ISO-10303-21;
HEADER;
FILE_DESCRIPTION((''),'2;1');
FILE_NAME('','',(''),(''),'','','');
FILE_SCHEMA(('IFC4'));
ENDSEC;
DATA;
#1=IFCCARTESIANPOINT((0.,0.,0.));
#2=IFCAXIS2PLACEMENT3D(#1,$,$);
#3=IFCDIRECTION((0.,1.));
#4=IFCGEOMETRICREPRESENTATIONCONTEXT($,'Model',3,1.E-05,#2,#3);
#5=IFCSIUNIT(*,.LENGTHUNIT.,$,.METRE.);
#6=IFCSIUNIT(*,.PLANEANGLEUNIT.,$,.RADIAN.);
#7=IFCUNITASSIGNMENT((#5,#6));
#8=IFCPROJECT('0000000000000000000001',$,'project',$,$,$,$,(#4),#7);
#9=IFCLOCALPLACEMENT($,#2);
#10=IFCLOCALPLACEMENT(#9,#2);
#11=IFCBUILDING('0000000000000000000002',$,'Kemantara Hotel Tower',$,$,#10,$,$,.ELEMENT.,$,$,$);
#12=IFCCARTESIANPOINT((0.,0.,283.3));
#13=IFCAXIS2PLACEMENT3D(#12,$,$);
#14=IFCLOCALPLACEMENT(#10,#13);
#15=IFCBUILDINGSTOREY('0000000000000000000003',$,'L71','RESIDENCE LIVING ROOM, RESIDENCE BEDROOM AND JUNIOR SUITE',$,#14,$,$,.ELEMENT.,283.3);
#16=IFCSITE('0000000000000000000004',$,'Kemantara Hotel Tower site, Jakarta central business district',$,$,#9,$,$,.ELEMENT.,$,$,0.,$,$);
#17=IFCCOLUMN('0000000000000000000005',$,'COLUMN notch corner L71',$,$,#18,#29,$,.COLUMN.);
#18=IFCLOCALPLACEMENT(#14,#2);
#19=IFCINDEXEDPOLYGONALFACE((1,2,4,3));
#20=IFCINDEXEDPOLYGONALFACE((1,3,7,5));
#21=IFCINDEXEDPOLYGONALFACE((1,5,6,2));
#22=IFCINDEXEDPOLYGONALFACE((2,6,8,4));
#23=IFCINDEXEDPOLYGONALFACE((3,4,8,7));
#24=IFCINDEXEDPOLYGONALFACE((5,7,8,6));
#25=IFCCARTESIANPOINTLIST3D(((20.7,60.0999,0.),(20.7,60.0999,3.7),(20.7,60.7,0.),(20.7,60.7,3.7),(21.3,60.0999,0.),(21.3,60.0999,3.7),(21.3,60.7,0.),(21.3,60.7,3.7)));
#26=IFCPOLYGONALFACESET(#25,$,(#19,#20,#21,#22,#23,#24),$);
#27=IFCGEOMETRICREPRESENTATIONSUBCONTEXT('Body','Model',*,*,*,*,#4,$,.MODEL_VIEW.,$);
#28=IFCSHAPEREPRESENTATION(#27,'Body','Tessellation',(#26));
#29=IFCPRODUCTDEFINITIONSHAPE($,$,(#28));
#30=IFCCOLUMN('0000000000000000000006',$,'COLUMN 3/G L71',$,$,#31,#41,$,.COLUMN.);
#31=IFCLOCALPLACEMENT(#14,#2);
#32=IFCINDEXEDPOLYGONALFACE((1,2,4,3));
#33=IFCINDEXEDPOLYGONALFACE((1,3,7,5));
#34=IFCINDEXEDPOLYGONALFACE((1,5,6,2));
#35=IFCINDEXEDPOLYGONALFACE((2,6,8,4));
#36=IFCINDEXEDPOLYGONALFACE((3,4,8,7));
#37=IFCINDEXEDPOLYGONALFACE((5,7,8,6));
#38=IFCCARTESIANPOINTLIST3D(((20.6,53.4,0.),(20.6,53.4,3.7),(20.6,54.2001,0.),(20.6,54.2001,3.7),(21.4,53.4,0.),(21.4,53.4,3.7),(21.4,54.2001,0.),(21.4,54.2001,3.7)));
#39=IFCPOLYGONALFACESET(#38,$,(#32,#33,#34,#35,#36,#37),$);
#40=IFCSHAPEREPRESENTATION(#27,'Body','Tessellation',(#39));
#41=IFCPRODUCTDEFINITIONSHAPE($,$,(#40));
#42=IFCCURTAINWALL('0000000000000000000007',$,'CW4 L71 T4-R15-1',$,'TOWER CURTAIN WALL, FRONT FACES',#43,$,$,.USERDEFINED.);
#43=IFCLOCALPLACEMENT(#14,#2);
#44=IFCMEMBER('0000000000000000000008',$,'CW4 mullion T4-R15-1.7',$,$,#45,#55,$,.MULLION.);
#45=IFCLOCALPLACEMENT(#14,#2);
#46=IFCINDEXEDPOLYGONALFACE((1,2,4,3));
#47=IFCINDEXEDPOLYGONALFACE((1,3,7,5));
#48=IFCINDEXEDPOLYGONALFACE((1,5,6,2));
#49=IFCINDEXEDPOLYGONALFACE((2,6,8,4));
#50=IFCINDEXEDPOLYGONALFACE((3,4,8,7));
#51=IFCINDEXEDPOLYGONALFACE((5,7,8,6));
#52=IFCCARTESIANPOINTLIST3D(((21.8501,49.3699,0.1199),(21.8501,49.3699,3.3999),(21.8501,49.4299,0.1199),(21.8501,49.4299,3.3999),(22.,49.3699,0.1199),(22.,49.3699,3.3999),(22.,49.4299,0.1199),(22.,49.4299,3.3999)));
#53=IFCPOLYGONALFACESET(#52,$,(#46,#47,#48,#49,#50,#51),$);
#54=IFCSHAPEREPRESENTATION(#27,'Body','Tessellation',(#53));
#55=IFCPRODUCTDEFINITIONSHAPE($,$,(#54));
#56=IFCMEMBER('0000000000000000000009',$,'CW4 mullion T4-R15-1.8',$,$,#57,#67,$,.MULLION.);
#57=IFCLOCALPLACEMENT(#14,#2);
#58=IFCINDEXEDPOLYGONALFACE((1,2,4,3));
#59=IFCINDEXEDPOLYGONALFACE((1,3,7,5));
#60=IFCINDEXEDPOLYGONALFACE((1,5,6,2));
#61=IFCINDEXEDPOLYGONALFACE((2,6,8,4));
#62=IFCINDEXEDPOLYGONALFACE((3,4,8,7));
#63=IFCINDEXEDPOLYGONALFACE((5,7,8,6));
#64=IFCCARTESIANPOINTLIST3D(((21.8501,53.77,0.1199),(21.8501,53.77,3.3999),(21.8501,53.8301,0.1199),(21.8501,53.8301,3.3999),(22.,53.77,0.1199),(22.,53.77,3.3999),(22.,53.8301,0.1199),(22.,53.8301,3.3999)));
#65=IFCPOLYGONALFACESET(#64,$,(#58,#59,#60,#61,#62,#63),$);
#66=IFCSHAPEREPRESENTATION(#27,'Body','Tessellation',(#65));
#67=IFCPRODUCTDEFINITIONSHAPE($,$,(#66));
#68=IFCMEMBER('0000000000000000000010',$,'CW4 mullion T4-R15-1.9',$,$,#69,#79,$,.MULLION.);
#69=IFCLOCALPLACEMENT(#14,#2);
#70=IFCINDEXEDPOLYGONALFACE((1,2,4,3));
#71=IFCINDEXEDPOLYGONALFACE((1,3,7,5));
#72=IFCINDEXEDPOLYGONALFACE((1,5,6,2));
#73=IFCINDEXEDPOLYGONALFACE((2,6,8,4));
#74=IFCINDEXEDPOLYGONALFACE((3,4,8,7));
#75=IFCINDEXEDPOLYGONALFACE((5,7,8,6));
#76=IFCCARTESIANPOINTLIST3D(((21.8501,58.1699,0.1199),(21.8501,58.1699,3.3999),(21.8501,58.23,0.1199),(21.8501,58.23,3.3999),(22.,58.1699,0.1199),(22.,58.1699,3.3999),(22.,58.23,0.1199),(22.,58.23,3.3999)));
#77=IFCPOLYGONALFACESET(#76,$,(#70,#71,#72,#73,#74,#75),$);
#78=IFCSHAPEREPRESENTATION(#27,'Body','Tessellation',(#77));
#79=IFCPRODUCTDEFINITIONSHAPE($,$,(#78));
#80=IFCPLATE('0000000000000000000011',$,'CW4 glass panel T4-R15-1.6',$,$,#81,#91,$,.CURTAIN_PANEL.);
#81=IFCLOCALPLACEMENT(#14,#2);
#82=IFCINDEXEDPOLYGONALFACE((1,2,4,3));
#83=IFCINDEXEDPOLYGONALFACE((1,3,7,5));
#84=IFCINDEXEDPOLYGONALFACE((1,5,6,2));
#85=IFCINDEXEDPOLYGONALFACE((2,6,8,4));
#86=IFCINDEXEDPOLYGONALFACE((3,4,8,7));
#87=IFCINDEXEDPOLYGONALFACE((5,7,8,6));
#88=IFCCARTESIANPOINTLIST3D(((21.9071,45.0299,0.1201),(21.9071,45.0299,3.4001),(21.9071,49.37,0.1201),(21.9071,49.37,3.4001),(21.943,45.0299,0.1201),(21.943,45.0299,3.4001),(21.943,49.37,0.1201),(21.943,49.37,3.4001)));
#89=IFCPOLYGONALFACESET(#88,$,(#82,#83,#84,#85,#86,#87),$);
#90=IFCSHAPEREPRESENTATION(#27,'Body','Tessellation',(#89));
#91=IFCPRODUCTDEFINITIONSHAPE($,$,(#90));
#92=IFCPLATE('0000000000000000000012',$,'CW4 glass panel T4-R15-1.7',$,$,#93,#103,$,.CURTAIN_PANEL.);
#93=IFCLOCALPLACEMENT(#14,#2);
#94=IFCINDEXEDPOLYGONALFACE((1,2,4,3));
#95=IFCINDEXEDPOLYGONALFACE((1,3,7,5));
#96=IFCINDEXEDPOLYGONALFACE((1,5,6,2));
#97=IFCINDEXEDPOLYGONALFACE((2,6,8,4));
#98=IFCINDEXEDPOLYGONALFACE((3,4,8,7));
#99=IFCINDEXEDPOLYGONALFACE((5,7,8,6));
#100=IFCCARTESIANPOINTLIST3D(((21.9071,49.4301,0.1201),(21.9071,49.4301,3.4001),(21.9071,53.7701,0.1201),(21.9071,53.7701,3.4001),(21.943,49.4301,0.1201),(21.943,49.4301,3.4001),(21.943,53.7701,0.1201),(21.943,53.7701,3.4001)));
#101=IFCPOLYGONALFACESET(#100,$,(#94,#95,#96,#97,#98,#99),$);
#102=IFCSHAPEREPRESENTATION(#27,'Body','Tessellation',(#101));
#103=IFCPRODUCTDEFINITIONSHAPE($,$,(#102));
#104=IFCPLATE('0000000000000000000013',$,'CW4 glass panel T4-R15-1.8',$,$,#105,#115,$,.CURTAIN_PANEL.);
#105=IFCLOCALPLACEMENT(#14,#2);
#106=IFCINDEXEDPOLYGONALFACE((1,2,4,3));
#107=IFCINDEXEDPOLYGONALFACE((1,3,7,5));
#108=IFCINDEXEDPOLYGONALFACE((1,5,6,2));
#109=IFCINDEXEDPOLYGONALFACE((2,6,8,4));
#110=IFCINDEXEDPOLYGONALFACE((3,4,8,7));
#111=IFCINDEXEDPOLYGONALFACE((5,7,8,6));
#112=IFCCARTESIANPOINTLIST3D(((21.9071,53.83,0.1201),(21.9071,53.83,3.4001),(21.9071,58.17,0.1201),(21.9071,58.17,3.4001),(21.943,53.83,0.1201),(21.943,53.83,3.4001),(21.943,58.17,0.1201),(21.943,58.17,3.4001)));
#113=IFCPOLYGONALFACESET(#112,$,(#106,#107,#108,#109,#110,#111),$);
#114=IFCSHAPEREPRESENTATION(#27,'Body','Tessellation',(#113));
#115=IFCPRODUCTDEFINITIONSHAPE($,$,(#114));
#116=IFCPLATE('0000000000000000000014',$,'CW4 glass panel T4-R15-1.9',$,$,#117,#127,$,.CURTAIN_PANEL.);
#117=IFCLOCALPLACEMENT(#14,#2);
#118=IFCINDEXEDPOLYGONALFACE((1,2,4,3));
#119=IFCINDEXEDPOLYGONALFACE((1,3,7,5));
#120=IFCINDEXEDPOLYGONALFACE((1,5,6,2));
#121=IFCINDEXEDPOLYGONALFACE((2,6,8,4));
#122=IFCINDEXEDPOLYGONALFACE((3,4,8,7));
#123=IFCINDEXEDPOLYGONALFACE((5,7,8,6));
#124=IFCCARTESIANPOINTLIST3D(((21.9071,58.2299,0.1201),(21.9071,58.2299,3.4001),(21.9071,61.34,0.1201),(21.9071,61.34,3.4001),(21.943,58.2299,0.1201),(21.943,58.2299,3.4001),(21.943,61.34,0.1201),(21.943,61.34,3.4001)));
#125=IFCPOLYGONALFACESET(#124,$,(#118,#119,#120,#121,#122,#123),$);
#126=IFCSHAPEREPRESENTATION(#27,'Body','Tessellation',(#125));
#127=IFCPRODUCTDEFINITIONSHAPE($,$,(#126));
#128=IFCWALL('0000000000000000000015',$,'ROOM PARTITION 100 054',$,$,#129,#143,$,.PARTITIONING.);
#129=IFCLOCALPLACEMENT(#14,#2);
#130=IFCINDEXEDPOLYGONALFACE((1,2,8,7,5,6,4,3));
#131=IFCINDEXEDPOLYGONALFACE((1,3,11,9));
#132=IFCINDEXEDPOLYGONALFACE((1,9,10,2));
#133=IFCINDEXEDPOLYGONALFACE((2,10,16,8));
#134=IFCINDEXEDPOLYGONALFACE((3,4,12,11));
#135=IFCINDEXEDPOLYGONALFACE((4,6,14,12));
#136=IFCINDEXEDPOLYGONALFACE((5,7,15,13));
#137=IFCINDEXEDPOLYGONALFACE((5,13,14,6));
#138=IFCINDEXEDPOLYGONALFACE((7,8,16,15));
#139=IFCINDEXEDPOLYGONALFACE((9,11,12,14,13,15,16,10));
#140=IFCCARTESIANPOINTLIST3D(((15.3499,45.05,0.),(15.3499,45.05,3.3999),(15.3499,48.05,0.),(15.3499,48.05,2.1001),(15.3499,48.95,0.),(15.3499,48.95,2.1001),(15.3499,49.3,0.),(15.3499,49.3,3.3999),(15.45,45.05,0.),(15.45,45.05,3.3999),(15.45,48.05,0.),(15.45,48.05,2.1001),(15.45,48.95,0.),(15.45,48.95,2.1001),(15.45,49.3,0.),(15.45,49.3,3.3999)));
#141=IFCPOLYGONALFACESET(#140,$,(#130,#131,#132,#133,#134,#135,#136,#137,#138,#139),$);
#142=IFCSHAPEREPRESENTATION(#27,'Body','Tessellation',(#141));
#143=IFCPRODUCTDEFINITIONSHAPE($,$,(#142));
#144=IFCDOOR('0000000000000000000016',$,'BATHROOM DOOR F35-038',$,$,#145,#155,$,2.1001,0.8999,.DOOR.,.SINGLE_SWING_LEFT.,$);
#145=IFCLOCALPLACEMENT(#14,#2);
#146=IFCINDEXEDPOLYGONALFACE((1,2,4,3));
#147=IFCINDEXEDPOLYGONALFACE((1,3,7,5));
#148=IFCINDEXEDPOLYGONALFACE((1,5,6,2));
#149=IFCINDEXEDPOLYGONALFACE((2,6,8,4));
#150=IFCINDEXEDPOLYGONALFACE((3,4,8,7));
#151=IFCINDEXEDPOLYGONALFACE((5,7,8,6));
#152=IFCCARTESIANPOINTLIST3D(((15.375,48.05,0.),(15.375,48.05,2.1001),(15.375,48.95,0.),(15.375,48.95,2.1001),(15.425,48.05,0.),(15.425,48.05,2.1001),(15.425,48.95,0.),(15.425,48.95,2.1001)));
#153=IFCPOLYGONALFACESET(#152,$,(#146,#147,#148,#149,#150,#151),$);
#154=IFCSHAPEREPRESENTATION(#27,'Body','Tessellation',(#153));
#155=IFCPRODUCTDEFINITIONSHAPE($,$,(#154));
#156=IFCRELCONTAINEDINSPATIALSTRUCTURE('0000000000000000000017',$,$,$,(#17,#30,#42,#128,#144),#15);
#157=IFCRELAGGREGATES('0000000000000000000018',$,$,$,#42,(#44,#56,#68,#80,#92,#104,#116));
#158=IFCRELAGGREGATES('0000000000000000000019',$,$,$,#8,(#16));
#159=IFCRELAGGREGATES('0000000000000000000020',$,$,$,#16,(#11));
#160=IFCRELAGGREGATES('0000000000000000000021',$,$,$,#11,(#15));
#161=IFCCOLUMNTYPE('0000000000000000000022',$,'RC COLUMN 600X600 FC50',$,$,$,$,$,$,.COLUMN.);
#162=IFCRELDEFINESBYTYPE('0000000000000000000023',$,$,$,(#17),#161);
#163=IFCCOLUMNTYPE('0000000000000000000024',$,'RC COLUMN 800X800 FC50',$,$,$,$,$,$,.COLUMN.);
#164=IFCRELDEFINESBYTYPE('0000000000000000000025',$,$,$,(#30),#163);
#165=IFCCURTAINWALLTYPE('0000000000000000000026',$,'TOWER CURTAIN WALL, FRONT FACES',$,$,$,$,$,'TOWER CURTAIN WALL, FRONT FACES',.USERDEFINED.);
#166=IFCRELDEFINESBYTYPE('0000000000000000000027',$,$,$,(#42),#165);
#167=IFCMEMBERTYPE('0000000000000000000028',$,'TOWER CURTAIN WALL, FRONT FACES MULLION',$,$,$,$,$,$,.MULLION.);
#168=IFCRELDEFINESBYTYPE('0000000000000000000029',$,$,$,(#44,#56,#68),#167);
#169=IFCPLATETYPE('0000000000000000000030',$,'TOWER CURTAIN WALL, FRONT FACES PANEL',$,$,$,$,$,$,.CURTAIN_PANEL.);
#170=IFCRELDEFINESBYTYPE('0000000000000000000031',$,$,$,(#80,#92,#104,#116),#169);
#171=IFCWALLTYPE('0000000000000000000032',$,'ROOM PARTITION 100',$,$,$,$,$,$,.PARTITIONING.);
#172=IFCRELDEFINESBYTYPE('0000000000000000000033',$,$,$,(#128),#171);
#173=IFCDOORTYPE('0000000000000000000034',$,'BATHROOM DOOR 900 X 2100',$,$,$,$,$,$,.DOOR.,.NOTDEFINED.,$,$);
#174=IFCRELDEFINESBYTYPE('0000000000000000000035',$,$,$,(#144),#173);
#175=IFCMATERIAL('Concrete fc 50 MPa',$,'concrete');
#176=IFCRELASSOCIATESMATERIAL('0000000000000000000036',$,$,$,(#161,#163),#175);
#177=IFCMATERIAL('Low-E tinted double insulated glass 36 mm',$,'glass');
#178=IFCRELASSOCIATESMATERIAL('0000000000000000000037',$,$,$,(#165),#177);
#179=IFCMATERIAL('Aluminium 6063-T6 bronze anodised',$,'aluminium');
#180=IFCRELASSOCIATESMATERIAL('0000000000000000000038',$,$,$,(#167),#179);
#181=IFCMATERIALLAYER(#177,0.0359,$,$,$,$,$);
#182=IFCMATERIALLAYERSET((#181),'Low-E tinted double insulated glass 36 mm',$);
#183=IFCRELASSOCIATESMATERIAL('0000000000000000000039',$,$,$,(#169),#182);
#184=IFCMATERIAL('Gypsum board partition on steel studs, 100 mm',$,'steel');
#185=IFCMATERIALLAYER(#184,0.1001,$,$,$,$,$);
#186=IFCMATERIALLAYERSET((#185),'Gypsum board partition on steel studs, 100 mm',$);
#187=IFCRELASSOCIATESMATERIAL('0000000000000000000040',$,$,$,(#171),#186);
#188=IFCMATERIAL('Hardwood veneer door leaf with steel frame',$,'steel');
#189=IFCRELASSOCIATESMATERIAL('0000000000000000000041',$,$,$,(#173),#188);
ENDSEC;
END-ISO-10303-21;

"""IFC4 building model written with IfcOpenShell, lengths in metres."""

from ifc_helpers import new_model, si_unit, direction, frame, frame_2d, origin, origin_2d, place, context, subcontext, project, spatial, rectangle, extrude, source, transform, mapped, material, layer, layer_set, material_profile, profile_set, type_object, element, fill, aggregate, save


model = new_model("IFC4")

# Units and contexts
model_context = context("Model", 3, precision=1e-05, world=origin(), true_north=direction((0.0, 1.0)))
body_context = subcontext(model_context, "Body", "Model", "MODEL_VIEW")
ifc_project = project(units=[si_unit("LENGTHUNIT", "METRE"), si_unit("PLANEANGLEUNIT", "RADIAN")], contexts=[model_context])

# Site, building, storey
site_placement = place(None, origin())
site = spatial("IfcSite", under=ifc_project, at=site_placement, Name="Kemantara Hotel Tower site, Jakarta central business district", CompositionType="ELEMENT", RefElevation=0.0)
building_placement = place(site_placement, origin())
building = spatial("IfcBuilding", under=site, at=building_placement, Name="Kemantara Hotel Tower", CompositionType="ELEMENT")
storey_placement = place(building_placement, frame((0.0, 0.0, 283.3)))
storey = spatial("IfcBuildingStorey", under=building, at=storey_placement, Name="L71", Description="RESIDENCE LIVING ROOM, RESIDENCE BEDROOM AND JUNIOR SUITE", CompositionType="ELEMENT", Elevation=283.3)

# Columns
ifc_material_1 = material(Name="Concrete fc 50 MPa", Category="concrete")
ifc_material_profile_1 = material_profile(ifc_material_1, rectangle(XDim=0.6001, YDim=0.6001, at=origin_2d()), Name="RC 600X600")
ifc_profile_set_1 = profile_set([ifc_material_profile_1], Name="Concrete fc 50 MPa")
column_type_1 = type_object("IfcColumnType", Name="RC COLUMN 600X600 FC50", PredefinedType="COLUMN", material=ifc_profile_set_1)
column_1_placement = place(storey_placement, frame((21.0, 60.3999, 0.0), z_axis=(0.0, 0.0, 1.0), x_axis=(1.0, 0.0, 0.0)))
element("IfcColumn", 1, at=column_1_placement, inside=storey, type_object=column_type_1, Name="COLUMN notch corner L71", PredefinedType="COLUMN", context=body_context, shape_type="SweptSolid", body=[
    extrude(rectangle(XDim=0.6001, YDim=0.6001, at=origin_2d()), origin(), (0.0, 0.0, 1.0), 3.7),
])
ifc_material_profile_2 = material_profile(ifc_material_1, rectangle(XDim=0.8, YDim=0.8, at=origin_2d()), Name="RC 800X800")
ifc_profile_set_2 = profile_set([ifc_material_profile_2], Name="Concrete fc 50 MPa")
column_type_2 = type_object("IfcColumnType", Name="RC COLUMN 800X800 FC50", PredefinedType="COLUMN", material=ifc_profile_set_2)
column_2_placement = place(storey_placement, frame((21.0, 53.8, 0.0), z_axis=(0.0, 0.0, 1.0), x_axis=(1.0, 0.0, 0.0)))
element("IfcColumn", 2, at=column_2_placement, inside=storey, type_object=column_type_2, Name="COLUMN 3/G L71", PredefinedType="COLUMN", context=body_context, shape_type="SweptSolid", body=[
    extrude(rectangle(XDim=0.8, YDim=0.8, at=origin_2d()), origin(), (0.0, 0.0, 1.0), 3.7),
])

# Curtain wall, members, plates
ifc_material_2 = material(Name="Low-E tinted double insulated glass 36 mm", Category="glass")
curtain_wall_type = type_object("IfcCurtainWallType", Name="TOWER CURTAIN WALL, FRONT FACES", ElementType="TOWER CURTAIN WALL, FRONT FACES", PredefinedType="USERDEFINED", material=ifc_material_2)
curtain_wall_placement = place(storey_placement, origin())
curtain_wall = element("IfcCurtainWall", 3, at=curtain_wall_placement, inside=storey, type_object=curtain_wall_type, Name="CW4 L71 T4-R15-1", ObjectType="TOWER CURTAIN WALL, FRONT FACES", PredefinedType="USERDEFINED")
ifc_material_3 = material(Name="Aluminium 6063-T6 bronze anodised", Category="aluminium")
ifc_material_profile_3 = material_profile(ifc_material_3, rectangle(XDim=0.1499, YDim=0.0601, at=origin_2d()), Name="TOWER CURTAIN WALL, FRONT FACES MULLION")
ifc_profile_set_3 = profile_set([ifc_material_profile_3], Name="Aluminium 6063-T6 bronze anodised")
member_type = type_object("IfcMemberType", Name="TOWER CURTAIN WALL, FRONT FACES MULLION", PredefinedType="MULLION", material=ifc_profile_set_3)
shared_shape_1 = source(origin(), body_context, "Body", "SweptSolid", [
    extrude(rectangle(XDim=0.1499, YDim=0.0601, at=origin_2d()), origin(), (0.0, 0.0, 1.0), 3.28),
])
member_1_placement = place(storey_placement, frame((21.925, 49.3999, 0.1199), z_axis=(0.0, 0.0, 1.0), x_axis=(-1.0, 0.0, 0.0)))
member_1 = element("IfcMember", 4, at=member_1_placement, type_object=member_type, Name="CW4 mullion T4-R15-1.7", PredefinedType="MULLION", context=body_context, shape_type="MappedRepresentation", body=[
    mapped(shared_shape_1, transform((0.0, 0.0, 0.0))),
])
member_2_placement = place(storey_placement, frame((21.925, 53.8, 0.1199), z_axis=(0.0, 0.0, 1.0), x_axis=(-1.0, 0.0, 0.0)))
member_2 = element("IfcMember", 5, at=member_2_placement, type_object=member_type, Name="CW4 mullion T4-R15-1.8", PredefinedType="MULLION", context=body_context, shape_type="MappedRepresentation", body=[
    mapped(shared_shape_1, transform((0.0, 0.0, 0.0))),
])
member_3_placement = place(storey_placement, frame((21.925, 58.2, 0.1199), z_axis=(0.0, 0.0, 1.0), x_axis=(-1.0, 0.0, 0.0)))
member_3 = element("IfcMember", 6, at=member_3_placement, type_object=member_type, Name="CW4 mullion T4-R15-1.9", PredefinedType="MULLION", context=body_context, shape_type="MappedRepresentation", body=[
    mapped(shared_shape_1, transform((0.0, 0.0, 0.0))),
])
ifc_layer_1 = layer(ifc_material_2, 0.0359)
ifc_layer_set_1 = layer_set([ifc_layer_1], Name="Low-E tinted double insulated glass 36 mm")
plate_type = type_object("IfcPlateType", Name="TOWER CURTAIN WALL, FRONT FACES PANEL", PredefinedType="CURTAIN_PANEL", material=ifc_layer_set_1)
shared_shape_2 = source(origin(), body_context, "Body", "SweptSolid", [
    extrude(rectangle(XDim=4.3401, YDim=0.0359, at=origin_2d()), origin(), (0.0, 0.0, 1.0), 3.28),
])
plate_1_placement = place(storey_placement, frame((21.925, 47.2, 0.1201), z_axis=(0.0, 0.0, 1.0), x_axis=(0.0, 1.0, 0.0)))
plate_1 = element("IfcPlate", 7, at=plate_1_placement, type_object=plate_type, Name="CW4 glass panel T4-R15-1.6", PredefinedType="CURTAIN_PANEL", context=body_context, shape_type="MappedRepresentation", body=[
    mapped(shared_shape_2, transform((0.0, 0.0, 0.0))),
])
plate_2_placement = place(storey_placement, frame((21.925, 51.6001, 0.1201), z_axis=(0.0, 0.0, 1.0), x_axis=(0.0, 1.0, 0.0)))
plate_2 = element("IfcPlate", 8, at=plate_2_placement, type_object=plate_type, Name="CW4 glass panel T4-R15-1.7", PredefinedType="CURTAIN_PANEL", context=body_context, shape_type="MappedRepresentation", body=[
    mapped(shared_shape_2, transform((0.0, 0.0, 0.0))),
])
plate_3_placement = place(storey_placement, frame((21.925, 56.0, 0.1201), z_axis=(0.0, 0.0, 1.0), x_axis=(0.0, 1.0, 0.0)))
plate_3 = element("IfcPlate", 9, at=plate_3_placement, type_object=plate_type, Name="CW4 glass panel T4-R15-1.8", PredefinedType="CURTAIN_PANEL", context=body_context, shape_type="MappedRepresentation", body=[
    mapped(shared_shape_2, transform((0.0, 0.0, 0.0))),
])
shared_shape_3 = source(origin(), body_context, "Body", "SweptSolid", [
    extrude(rectangle(XDim=3.1101, YDim=0.0359, at=origin_2d()), origin(), (0.0, 0.0, 1.0), 3.28),
])
plate_4_placement = place(storey_placement, frame((21.925, 59.7849, 0.1201), z_axis=(0.0, 0.0, 1.0), x_axis=(0.0, 1.0, 0.0)))
plate_4 = element("IfcPlate", 10, at=plate_4_placement, type_object=plate_type, Name="CW4 glass panel T4-R15-1.9", PredefinedType="CURTAIN_PANEL", context=body_context, shape_type="MappedRepresentation", body=[
    mapped(shared_shape_3, transform((0.0, 0.0, 0.0))),
])
aggregate(curtain_wall, [member_1, member_2, member_3, plate_1, plate_2, plate_3, plate_4])

# Wall, opening, door
ifc_material_4 = material(Name="Gypsum board partition on steel studs, 100 mm", Category="steel")
ifc_layer_2 = layer(ifc_material_4, 0.1001)
ifc_layer_set_2 = layer_set([ifc_layer_2], Name="Gypsum board partition on steel studs, 100 mm")
wall_type = type_object("IfcWallType", Name="ROOM PARTITION 100", PredefinedType="PARTITIONING", material=ifc_layer_set_2)
wall_1_placement = place(storey_placement, frame((15.3999, 45.05, 0.0), z_axis=(0.0, 0.0, 1.0), x_axis=(0.0, 1.0, 0.0)))
wall_1 = element("IfcWall", 11, at=wall_1_placement, inside=storey, type_object=wall_type, Name="ROOM PARTITION 100 054", PredefinedType="PARTITIONING", context=body_context, shape_type="SweptSolid", body=[
    extrude(rectangle(XDim=4.25, YDim=0.1001, at=frame_2d((2.125, 0.0))), origin(), (0.0, 0.0, 1.0), 3.3999),
])
opening_1_placement = place(wall_1_placement, frame((3.0, 0.0, 0.0)))
opening_1 = element("IfcOpeningElement", 12, at=opening_1_placement, cuts=wall_1, PredefinedType="OPENING", context=body_context, shape_type="SweptSolid", body=[
    extrude(rectangle(XDim=0.8999, YDim=2.1001, at=frame_2d((0.45, 1.05))), frame((0.0, 0.0601, 0.0), z_axis=(0.0, -1.0, 0.0), x_axis=(1.0, 0.0, 0.0)), (0.0, 0.0, 1.0), 0.1201),
])
ifc_material_5 = material(Name="Hardwood veneer door leaf with steel frame", Category="steel")
door_type_1 = type_object("IfcDoorType", Name="BATHROOM DOOR 900 X 2100", OperationType="NOTDEFINED", PredefinedType="DOOR", material=ifc_material_5)
door_1_placement = place(opening_1_placement, origin())
door_1 = element("IfcDoor", 13, at=door_1_placement, inside=storey, type_object=door_type_1, Name="BATHROOM DOOR F35-038", OperationType="SINGLE_SWING_LEFT", OverallHeight=2.1001, OverallWidth=0.8999, PredefinedType="DOOR", context=body_context, shape_type="SweptSolid", body=[
    extrude(rectangle(XDim=0.8999, YDim=2.1001, at=frame_2d((0.45, 1.05))), frame((0.0, 0.0249, 0.0), z_axis=(0.0, -1.0, 0.0), x_axis=(1.0, 0.0, 0.0)), (0.0, 0.0, 1.0), 0.05),
])
fill(opening_1, door_1)

save(model, "model.ifc")
